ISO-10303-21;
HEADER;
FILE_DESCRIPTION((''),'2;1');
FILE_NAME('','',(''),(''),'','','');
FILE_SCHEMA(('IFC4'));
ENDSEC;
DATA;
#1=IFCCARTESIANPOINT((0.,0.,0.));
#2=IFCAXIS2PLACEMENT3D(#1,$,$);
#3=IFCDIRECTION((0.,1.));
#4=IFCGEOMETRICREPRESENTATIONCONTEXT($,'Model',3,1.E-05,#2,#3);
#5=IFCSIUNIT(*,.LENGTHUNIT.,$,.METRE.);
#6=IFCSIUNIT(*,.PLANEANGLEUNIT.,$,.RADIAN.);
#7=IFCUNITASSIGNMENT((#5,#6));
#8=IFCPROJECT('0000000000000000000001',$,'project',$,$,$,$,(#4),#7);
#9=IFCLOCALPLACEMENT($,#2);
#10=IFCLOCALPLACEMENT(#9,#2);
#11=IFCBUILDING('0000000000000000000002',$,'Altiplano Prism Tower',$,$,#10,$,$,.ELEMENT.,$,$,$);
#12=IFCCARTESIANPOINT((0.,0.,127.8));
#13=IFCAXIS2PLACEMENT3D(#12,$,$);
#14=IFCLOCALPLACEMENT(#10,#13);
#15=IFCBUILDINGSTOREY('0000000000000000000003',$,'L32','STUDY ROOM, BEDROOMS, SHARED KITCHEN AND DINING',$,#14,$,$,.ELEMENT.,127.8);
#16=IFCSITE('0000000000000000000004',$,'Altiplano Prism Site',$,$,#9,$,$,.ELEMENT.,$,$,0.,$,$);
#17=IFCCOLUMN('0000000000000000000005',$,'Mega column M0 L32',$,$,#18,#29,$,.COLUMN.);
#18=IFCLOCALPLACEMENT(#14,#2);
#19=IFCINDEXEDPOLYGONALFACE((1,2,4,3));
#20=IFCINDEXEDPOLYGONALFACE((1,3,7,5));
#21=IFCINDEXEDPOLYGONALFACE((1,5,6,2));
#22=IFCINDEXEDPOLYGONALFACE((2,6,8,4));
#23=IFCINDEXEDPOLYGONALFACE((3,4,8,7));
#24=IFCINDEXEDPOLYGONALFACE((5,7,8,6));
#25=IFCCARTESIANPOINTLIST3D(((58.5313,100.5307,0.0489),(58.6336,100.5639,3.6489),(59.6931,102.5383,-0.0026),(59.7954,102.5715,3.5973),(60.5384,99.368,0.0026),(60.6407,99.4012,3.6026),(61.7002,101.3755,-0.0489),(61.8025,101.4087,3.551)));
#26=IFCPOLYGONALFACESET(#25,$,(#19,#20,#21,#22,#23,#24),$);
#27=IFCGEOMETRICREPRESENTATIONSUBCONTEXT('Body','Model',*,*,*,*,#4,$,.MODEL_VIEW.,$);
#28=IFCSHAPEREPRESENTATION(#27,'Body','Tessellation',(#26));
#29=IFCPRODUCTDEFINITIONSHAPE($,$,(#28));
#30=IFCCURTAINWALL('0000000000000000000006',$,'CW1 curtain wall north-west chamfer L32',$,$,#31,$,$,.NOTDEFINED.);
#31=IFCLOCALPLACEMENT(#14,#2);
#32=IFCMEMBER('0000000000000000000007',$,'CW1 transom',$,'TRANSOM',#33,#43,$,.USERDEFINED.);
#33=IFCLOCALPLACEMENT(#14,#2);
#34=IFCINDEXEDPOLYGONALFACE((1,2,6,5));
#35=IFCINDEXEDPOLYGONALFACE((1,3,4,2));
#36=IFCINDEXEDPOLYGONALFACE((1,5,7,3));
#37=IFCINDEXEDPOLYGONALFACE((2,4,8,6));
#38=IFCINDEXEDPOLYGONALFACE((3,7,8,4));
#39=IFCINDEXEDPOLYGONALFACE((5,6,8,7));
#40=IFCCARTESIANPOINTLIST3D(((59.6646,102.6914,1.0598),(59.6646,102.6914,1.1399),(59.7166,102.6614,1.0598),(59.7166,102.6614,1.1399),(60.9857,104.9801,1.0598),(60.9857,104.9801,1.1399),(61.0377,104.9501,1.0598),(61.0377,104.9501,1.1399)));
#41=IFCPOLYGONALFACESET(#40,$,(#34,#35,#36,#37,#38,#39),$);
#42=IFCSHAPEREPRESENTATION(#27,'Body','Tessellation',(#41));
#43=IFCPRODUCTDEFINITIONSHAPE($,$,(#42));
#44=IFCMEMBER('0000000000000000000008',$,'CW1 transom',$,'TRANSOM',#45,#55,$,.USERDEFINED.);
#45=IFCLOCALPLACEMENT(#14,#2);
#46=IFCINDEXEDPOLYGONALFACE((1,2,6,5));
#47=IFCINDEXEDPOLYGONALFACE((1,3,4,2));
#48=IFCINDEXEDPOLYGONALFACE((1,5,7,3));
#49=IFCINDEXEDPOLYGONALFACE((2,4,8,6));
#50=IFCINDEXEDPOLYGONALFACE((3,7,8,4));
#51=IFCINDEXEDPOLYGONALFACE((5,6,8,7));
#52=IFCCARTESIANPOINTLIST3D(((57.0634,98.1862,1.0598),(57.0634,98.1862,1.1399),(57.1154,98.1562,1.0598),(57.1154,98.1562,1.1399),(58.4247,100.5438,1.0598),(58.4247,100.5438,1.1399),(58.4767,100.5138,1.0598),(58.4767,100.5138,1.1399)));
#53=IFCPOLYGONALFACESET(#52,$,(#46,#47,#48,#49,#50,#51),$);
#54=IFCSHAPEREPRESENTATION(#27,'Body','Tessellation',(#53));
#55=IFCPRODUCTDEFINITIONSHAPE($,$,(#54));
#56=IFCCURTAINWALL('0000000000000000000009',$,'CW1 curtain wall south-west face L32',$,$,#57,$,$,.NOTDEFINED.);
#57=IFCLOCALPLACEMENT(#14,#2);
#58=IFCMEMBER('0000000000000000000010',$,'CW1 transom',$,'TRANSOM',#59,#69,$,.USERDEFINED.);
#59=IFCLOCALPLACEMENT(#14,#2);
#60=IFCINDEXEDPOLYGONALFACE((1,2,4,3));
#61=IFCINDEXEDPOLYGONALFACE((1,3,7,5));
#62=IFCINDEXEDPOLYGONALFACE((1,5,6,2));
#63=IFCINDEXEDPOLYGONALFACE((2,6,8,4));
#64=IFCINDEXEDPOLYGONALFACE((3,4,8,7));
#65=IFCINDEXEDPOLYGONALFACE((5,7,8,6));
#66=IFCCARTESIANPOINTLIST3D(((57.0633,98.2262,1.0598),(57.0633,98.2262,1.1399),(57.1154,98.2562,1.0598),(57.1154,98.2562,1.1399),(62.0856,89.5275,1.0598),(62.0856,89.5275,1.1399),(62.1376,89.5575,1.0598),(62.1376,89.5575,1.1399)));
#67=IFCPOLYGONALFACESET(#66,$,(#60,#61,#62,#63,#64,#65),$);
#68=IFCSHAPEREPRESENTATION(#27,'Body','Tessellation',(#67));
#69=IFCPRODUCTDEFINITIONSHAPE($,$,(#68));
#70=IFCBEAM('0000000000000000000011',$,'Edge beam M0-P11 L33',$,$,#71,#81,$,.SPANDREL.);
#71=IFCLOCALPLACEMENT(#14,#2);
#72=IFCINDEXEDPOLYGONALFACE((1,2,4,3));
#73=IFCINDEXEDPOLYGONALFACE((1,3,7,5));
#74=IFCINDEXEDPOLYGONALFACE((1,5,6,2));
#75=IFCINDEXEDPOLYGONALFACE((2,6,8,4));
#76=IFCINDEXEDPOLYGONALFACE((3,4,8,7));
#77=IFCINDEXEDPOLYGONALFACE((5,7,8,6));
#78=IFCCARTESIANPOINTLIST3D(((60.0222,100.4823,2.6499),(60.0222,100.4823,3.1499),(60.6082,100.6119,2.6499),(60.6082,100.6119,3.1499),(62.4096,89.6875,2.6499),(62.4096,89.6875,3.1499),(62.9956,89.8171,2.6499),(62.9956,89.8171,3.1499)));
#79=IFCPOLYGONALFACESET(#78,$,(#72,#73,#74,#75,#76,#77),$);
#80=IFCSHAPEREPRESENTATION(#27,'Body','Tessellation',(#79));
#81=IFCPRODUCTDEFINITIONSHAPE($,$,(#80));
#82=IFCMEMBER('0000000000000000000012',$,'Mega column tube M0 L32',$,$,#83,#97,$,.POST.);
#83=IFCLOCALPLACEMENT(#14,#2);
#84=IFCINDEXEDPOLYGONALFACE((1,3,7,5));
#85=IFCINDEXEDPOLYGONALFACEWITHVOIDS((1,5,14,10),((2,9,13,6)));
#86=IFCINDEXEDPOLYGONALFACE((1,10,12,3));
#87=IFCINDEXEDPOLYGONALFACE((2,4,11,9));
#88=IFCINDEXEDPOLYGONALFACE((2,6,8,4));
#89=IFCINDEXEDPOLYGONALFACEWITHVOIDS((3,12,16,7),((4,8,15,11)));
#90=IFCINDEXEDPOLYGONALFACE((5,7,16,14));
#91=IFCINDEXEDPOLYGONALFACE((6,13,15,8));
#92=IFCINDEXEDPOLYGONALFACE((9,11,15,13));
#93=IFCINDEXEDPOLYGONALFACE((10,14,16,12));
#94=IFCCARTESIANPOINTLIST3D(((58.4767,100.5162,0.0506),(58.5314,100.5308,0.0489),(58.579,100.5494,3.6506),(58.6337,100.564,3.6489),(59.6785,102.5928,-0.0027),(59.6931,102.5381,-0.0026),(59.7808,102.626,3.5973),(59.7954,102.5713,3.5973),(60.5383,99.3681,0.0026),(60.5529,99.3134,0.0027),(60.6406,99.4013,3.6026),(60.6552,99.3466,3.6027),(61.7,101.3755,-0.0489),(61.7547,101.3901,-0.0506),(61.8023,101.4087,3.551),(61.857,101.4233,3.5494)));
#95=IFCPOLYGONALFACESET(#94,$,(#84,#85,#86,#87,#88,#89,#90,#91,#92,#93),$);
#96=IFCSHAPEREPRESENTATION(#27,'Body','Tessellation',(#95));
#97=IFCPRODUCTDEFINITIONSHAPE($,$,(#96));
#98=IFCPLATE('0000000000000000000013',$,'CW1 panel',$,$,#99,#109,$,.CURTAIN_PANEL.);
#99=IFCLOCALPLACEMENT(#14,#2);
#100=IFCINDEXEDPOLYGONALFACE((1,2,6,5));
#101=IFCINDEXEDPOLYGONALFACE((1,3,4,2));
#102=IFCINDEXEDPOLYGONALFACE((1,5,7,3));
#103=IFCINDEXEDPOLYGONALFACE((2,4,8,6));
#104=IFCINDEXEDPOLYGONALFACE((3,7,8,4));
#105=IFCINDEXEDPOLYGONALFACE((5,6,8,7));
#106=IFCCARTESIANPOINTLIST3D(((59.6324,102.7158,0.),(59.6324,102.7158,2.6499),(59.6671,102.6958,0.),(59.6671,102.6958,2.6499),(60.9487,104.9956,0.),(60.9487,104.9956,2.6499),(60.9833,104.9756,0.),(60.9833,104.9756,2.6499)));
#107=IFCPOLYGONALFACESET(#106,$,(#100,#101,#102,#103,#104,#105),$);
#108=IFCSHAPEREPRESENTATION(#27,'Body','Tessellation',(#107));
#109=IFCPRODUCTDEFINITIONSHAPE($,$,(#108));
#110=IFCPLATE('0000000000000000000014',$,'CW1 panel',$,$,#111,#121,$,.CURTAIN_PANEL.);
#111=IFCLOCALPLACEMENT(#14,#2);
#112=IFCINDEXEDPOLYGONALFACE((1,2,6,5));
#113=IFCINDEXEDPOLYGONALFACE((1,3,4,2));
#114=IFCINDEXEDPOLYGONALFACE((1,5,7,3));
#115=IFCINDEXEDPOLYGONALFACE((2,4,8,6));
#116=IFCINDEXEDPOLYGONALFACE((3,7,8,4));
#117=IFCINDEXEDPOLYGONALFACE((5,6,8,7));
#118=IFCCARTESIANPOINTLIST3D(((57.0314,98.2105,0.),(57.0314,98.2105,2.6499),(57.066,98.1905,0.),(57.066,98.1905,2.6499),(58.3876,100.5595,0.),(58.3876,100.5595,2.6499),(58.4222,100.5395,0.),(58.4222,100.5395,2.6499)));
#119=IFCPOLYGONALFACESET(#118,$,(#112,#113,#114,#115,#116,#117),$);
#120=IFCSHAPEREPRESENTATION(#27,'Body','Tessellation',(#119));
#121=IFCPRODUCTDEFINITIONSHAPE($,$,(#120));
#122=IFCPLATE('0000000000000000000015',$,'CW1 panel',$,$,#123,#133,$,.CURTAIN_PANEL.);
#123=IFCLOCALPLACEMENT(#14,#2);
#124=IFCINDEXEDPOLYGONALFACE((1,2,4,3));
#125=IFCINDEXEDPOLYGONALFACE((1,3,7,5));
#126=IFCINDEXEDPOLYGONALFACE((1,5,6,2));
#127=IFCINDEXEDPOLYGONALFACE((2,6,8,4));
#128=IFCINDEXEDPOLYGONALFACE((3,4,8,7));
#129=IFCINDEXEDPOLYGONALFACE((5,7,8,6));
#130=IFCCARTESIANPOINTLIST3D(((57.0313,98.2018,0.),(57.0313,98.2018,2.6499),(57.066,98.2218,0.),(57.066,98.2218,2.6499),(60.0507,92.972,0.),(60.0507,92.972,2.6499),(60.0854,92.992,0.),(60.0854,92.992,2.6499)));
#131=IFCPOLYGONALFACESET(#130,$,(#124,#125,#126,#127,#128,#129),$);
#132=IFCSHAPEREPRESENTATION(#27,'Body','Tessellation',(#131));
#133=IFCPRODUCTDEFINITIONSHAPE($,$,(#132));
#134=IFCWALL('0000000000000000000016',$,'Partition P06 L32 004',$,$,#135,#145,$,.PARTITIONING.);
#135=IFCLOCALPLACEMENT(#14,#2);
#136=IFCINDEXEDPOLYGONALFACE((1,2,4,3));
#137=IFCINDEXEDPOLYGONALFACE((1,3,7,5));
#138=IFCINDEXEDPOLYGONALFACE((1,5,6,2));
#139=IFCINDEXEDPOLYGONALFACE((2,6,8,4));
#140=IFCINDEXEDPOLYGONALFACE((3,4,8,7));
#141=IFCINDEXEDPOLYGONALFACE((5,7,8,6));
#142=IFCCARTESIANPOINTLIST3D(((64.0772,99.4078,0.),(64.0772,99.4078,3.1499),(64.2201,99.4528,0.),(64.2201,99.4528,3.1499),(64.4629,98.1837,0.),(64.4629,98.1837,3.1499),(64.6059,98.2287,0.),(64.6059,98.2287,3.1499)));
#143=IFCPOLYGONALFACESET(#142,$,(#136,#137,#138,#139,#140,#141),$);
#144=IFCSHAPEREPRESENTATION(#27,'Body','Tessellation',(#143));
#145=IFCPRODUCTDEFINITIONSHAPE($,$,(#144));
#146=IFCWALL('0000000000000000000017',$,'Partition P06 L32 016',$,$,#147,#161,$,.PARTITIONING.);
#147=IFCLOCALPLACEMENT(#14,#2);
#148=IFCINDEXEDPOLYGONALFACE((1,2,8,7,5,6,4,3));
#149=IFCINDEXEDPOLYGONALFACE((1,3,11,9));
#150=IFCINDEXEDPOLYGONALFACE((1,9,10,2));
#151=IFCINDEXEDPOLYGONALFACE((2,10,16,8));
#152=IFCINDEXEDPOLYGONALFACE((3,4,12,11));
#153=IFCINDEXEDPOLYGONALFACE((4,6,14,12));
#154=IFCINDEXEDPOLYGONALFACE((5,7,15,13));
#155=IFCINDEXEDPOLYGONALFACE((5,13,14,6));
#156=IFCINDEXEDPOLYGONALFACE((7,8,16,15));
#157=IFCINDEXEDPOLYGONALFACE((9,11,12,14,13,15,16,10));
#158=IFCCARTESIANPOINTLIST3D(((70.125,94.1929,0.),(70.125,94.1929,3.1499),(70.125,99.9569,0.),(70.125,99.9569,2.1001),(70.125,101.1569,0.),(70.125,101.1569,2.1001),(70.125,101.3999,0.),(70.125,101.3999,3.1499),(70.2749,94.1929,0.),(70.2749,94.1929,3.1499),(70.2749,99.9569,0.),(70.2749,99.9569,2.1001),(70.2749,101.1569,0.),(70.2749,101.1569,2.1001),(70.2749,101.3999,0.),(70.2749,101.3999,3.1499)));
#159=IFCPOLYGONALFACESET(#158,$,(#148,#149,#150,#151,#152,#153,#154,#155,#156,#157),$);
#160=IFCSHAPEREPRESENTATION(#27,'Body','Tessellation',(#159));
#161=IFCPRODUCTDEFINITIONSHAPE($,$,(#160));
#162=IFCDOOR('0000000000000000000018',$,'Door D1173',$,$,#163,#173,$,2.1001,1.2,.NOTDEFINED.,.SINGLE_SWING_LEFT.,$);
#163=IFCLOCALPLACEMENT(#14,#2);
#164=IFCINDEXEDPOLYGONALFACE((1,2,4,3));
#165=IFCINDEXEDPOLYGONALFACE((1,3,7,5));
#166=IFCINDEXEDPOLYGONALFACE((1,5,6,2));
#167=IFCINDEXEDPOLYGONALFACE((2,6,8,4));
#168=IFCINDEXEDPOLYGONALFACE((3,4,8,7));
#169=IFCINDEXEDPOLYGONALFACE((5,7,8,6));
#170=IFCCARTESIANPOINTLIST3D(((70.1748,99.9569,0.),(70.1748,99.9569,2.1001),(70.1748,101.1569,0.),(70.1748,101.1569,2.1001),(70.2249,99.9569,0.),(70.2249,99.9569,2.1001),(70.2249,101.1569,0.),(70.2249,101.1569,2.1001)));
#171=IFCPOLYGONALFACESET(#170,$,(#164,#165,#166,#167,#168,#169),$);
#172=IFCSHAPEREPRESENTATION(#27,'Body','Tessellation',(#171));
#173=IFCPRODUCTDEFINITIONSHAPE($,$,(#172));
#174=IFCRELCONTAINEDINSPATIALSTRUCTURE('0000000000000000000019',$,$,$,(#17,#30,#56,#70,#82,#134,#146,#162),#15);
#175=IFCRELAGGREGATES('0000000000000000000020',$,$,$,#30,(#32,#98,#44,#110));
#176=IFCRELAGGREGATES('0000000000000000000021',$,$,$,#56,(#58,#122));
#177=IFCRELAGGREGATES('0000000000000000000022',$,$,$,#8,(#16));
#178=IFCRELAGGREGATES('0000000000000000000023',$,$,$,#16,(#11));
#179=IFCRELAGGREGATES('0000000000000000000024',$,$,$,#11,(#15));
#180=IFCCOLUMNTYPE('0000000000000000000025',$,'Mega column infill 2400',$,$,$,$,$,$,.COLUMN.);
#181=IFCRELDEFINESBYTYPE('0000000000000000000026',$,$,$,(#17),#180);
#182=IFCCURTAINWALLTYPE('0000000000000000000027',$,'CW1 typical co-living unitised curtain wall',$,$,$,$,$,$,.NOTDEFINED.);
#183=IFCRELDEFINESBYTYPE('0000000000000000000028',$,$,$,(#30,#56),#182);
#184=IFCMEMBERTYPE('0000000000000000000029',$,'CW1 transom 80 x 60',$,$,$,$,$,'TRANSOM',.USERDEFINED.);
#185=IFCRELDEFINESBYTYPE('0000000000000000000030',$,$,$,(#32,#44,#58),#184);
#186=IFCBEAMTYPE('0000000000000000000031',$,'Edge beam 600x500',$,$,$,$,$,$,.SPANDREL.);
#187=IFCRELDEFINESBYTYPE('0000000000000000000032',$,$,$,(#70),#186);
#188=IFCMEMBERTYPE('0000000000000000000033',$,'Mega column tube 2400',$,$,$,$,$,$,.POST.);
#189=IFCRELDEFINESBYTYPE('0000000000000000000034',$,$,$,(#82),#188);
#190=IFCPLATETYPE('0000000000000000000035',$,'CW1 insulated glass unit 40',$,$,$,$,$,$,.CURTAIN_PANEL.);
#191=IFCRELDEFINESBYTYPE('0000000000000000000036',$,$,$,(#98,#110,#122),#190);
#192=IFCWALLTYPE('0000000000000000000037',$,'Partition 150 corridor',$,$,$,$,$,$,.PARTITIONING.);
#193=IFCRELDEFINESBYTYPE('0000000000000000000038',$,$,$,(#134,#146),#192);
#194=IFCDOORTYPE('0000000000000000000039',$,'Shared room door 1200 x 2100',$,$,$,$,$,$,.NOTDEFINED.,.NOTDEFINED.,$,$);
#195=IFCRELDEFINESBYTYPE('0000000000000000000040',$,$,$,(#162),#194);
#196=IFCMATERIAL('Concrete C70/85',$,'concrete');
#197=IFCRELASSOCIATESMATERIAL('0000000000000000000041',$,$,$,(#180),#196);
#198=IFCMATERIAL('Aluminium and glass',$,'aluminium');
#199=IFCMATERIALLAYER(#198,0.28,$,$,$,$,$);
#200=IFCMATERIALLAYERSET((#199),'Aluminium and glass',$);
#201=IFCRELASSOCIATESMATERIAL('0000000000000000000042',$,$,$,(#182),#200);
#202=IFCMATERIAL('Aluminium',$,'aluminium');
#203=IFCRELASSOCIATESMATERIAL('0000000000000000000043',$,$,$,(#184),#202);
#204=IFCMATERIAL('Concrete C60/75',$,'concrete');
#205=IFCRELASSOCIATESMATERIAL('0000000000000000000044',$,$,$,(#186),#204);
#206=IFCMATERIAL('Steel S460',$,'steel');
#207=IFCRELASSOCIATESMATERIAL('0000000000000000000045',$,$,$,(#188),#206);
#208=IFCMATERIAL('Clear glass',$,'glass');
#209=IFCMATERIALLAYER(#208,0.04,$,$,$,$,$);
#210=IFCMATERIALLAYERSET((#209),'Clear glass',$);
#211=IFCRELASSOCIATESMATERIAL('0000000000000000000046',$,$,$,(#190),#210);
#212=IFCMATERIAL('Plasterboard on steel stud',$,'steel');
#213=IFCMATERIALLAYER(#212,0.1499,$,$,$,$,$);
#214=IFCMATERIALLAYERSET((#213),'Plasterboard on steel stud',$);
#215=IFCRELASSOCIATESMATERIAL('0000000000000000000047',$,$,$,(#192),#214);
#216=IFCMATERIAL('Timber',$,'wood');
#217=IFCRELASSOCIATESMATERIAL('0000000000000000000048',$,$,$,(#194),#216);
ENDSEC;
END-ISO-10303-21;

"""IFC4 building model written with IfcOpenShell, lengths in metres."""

from ifc_helpers import new_model, si_unit, direction, frame, frame_2d, origin, origin_2d, place, context, subcontext, project, spatial, rectangle, hollow_rectangle, extrude, material, layer, layer_set, material_profile, profile_set, type_object, element, fill, aggregate, save


model = new_model("IFC4")

# Units and contexts
model_context = context("Model", 3, precision=1e-05, world=origin(), true_north=direction((0.0, 1.0)))
body_context = subcontext(model_context, "Body", "Model", "MODEL_VIEW")
ifc_project = project(units=[si_unit("LENGTHUNIT", "METRE"), si_unit("PLANEANGLEUNIT", "RADIAN")], contexts=[model_context])

# Site, building, storey
site_placement = place(None, origin())
site = spatial("IfcSite", under=ifc_project, at=site_placement, Name="Altiplano Prism Site", CompositionType="ELEMENT", RefElevation=0.0)
building_placement = place(site_placement, origin())
building = spatial("IfcBuilding", under=site, at=building_placement, Name="Altiplano Prism Tower", CompositionType="ELEMENT")
storey_placement = place(building_placement, frame((0.0, 0.0, 127.8)))
storey = spatial("IfcBuildingStorey", under=building, at=storey_placement, Name="L32", Description="STUDY ROOM, BEDROOMS, SHARED KITCHEN AND DINING", CompositionType="ELEMENT", Elevation=127.8)

# Column
ifc_material_1 = material(Name="Concrete C70/85", Category="concrete")
ifc_material_profile_1 = material_profile(ifc_material_1, rectangle(XDim=2.3201, YDim=2.3201, at=origin_2d()), Name="Mega column infill 2400")
ifc_profile_set_1 = profile_set([ifc_material_profile_1], Name="Concrete C70/85")
column_type = type_object("IfcColumnType", Name="Mega column infill 2400", PredefinedType="COLUMN", material=ifc_profile_set_1)
column_placement = place(storey_placement, frame((60.1157, 100.9531, 0.0), z_axis=(0.028404, 0.009219, 0.999554), x_axis=(-0.865119, 0.50117, 0.019961)))
element("IfcColumn", 1, at=column_placement, inside=storey, type_object=column_type, Name="Mega column M0 L32", PredefinedType="COLUMN", context=body_context, shape_type="SweptSolid", body=[
    extrude(rectangle(XDim=2.3201, YDim=2.3201, at=origin_2d()), origin(), (0.0, 0.0, 1.0), 3.6016),
])

# Curtain wall, members
ifc_material_2 = material(Name="Aluminium and glass", Category="aluminium")
ifc_layer_1 = layer(ifc_material_2, 0.28)
ifc_layer_set_1 = layer_set([ifc_layer_1], Name="Aluminium and glass")
curtain_wall_type = type_object("IfcCurtainWallType", Name="CW1 typical co-living unitised curtain wall", PredefinedType="NOTDEFINED", material=ifc_layer_set_1)
curtain_wall_1_placement = place(storey_placement, origin())
curtain_wall_1 = element("IfcCurtainWall", 2, at=curtain_wall_1_placement, inside=storey, type_object=curtain_wall_type, Name="CW1 curtain wall north-west chamfer L32", PredefinedType="NOTDEFINED")
ifc_material_3 = material(Name="Aluminium", Category="aluminium")
ifc_material_profile_2 = material_profile(ifc_material_3, rectangle(XDim=0.0601, YDim=0.0801, at=origin_2d()), Name="CW1 transom 80 x 60")
ifc_profile_set_2 = profile_set([ifc_material_profile_2], Name="Aluminium")
member_type_1 = type_object("IfcMemberType", Name="CW1 transom 80 x 60", ElementType="TRANSOM", PredefinedType="USERDEFINED", material=ifc_profile_set_2)
member_1_placement = place(storey_placement, frame((61.0117, 104.9651, 1.0999), z_axis=(-0.499925, -0.866069, 0.0), x_axis=(0.866069, -0.499925, 0.0)))
member_1 = element("IfcMember", 3, at=member_1_placement, type_object=member_type_1, Name="CW1 transom", ObjectType="TRANSOM", PredefinedType="USERDEFINED", context=body_context, shape_type="SweptSolid", body=[
    extrude(rectangle(XDim=0.0601, YDim=0.0801, at=origin_2d()), origin(), (0.0, 0.0, 1.0), 2.6426),
])
member_2_placement = place(storey_placement, frame((58.4507, 100.5288, 1.0999), z_axis=(-0.500036, -0.866005, 0.0), x_axis=(0.866005, -0.500036, 0.0)))
member_2 = element("IfcMember", 4, at=member_2_placement, type_object=member_type_1, Name="CW1 transom", ObjectType="TRANSOM", PredefinedType="USERDEFINED", context=body_context, shape_type="SweptSolid", body=[
    extrude(rectangle(XDim=0.0601, YDim=0.0801, at=origin_2d()), origin(), (0.0, 0.0, 1.0), 2.7224),
])

# Curtain wall, member
curtain_wall_2_placement = place(storey_placement, origin())
curtain_wall_2 = element("IfcCurtainWall", 5, at=curtain_wall_2_placement, inside=storey, type_object=curtain_wall_type, Name="CW1 curtain wall south-west face L32", PredefinedType="NOTDEFINED")
member_3_placement = place(storey_placement, frame((57.0894, 98.2412, 1.0999), z_axis=(0.5, -0.866025, 0.0), x_axis=(0.866025, 0.5, 0.0)))
member_3 = element("IfcMember", 6, at=member_3_placement, type_object=member_type_1, Name="CW1 transom", ObjectType="TRANSOM", PredefinedType="USERDEFINED", context=body_context, shape_type="SweptSolid", body=[
    extrude(rectangle(XDim=0.0601, YDim=0.0801, at=origin_2d()), origin(), (0.0, 0.0, 1.0), 10.0444),
])

# Beam
ifc_material_4 = material(Name="Concrete C60/75", Category="concrete")
ifc_material_profile_3 = material_profile(ifc_material_4, rectangle(XDim=0.6001, YDim=0.5, at=origin_2d()), Name="Edge beam 600x500")
ifc_profile_set_3 = profile_set([ifc_material_profile_3], Name="Concrete C60/75")
beam_type = type_object("IfcBeamType", Name="Edge beam 600x500", PredefinedType="SPANDREL", material=ifc_profile_set_3)
beam_placement = place(storey_placement, frame((60.3152, 100.5471, 2.8999), z_axis=(0.215946, -0.976405, 0.0), x_axis=(0.976405, 0.215946, 0.0)))
element("IfcBeam", 7, at=beam_placement, inside=storey, type_object=beam_type, Name="Edge beam M0-P11 L33", PredefinedType="SPANDREL", context=body_context, shape_type="SweptSolid", body=[
    extrude(rectangle(XDim=0.6001, YDim=0.5, at=origin_2d()), origin(), (0.0, 0.0, 1.0), 11.0557),
])

# Member
ifc_material_5 = material(Name="Steel S460", Category="steel")
ifc_material_profile_4 = material_profile(ifc_material_5, hollow_rectangle(XDim=2.3999, YDim=2.3999, WallThickness=0.04, at=origin_2d()), Name="Mega column tube 2400")
ifc_profile_set_4 = profile_set([ifc_material_profile_4], Name="Steel S460")
member_type_2 = type_object("IfcMemberType", Name="Mega column tube 2400", PredefinedType="POST", material=ifc_profile_set_4)
member_4_placement = place(storey_placement, frame((60.1157, 100.9531, 0.0), z_axis=(0.028404, 0.009219, 0.999554), x_axis=(-0.865119, 0.50117, 0.019961)))
element("IfcMember", 8, at=member_4_placement, inside=storey, type_object=member_type_2, Name="Mega column tube M0 L32", PredefinedType="POST", context=body_context, shape_type="SweptSolid", body=[
    extrude(hollow_rectangle(XDim=2.3999, YDim=2.3999, WallThickness=0.04, at=origin_2d()), origin(), (0.0, 0.0, 1.0), 3.6016),
])

# Plates
ifc_material_6 = material(Name="Clear glass", Category="glass")
ifc_layer_2 = layer(ifc_material_6, 0.04)
ifc_layer_set_2 = layer_set([ifc_layer_2], Name="Clear glass")
plate_type = type_object("IfcPlateType", Name="CW1 insulated glass unit 40", PredefinedType="CURTAIN_PANEL", material=ifc_layer_set_2)
plate_1_placement = place(storey_placement, frame((60.3079, 103.8457, 0.0), z_axis=(0.0, 0.0, 1.0), x_axis=(-0.5, -0.866025, 0.0)))
plate_1 = element("IfcPlate", 9, at=plate_1_placement, type_object=plate_type, Name="CW1 panel", PredefinedType="CURTAIN_PANEL", context=body_context, shape_type="SweptSolid", body=[
    extrude(rectangle(XDim=2.6326, YDim=0.04, at=origin_2d()), origin(), (0.0, 0.0, 1.0), 2.6499),
])
plate_2_placement = place(storey_placement, frame((57.7268, 99.375, 0.0), z_axis=(0.0, 0.0, 1.0), x_axis=(-0.5, -0.866025, 0.0)))
plate_2 = element("IfcPlate", 10, at=plate_2_placement, type_object=plate_type, Name="CW1 panel", PredefinedType="CURTAIN_PANEL", context=body_context, shape_type="SweptSolid", body=[
    extrude(rectangle(XDim=2.7124, YDim=0.04, at=origin_2d()), origin(), (0.0, 0.0, 1.0), 2.6499),
])
aggregate(curtain_wall_1, [member_1, plate_1, member_2, plate_2])
plate_3_placement = place(storey_placement, frame((58.5583, 95.5969, 0.0), z_axis=(0.0, 0.0, 1.0), x_axis=(0.5, -0.866025, 0.0)))
plate_3 = element("IfcPlate", 11, at=plate_3_placement, type_object=plate_type, Name="CW1 panel", PredefinedType="CURTAIN_PANEL", context=body_context, shape_type="SweptSolid", body=[
    extrude(rectangle(XDim=6.0388, YDim=0.04, at=origin_2d()), origin(), (0.0, 0.0, 1.0), 2.6499),
])
aggregate(curtain_wall_2, [member_3, plate_3])

# Wall
ifc_material_7 = material(Name="Plasterboard on steel stud", Category="steel")
ifc_layer_3 = layer(ifc_material_7, 0.1499)
ifc_layer_set_3 = layer_set([ifc_layer_3], Name="Plasterboard on steel stud")
wall_type_1 = type_object("IfcWallType", Name="Partition 150 corridor", PredefinedType="PARTITIONING", material=ifc_layer_set_3)
wall_1_placement = place(storey_placement, frame((64.1487, 99.4302, 0.0), z_axis=(0.0, 0.0, 1.0), x_axis=(0.300549, -0.953766, 0.0)))
element("IfcWall", 12, at=wall_1_placement, inside=storey, type_object=wall_type_1, Name="Partition P06 L32 004", PredefinedType="PARTITIONING", context=body_context, shape_type="SweptSolid", body=[
    extrude(rectangle(XDim=1.2834, YDim=0.1499, at=frame_2d((0.6416, 0.0))), origin(), (0.0, 0.0, 1.0), 3.1499),
])

# Shared definitions
ifc_material_8 = material(Name="Timber", Category="wood")
door_type_1 = type_object("IfcDoorType", Name="Shared room door 1200 x 2100", OperationType="NOTDEFINED", PredefinedType="NOTDEFINED", material=ifc_material_8)

# Wall, opening, door
wall_2_placement = place(storey_placement, frame((70.2, 101.3999, 0.0), z_axis=(0.0, 0.0, 1.0), x_axis=(0.0, -1.0, 0.0)))
wall_2 = element("IfcWall", 13, at=wall_2_placement, inside=storey, type_object=wall_type_1, Name="Partition P06 L32 016", PredefinedType="PARTITIONING", context=body_context, shape_type="SweptSolid", body=[
    extrude(rectangle(XDim=7.207, YDim=0.1499, at=frame_2d((3.6035, 0.0))), origin(), (0.0, 0.0, 1.0), 3.1499),
])
opening_1_placement = place(wall_2_placement, frame((0.2429, 0.0, 0.0)))
opening_1 = element("IfcOpeningElement", 14, at=opening_1_placement, cuts=wall_2, PredefinedType="OPENING", context=body_context, shape_type="SweptSolid", body=[
    extrude(rectangle(XDim=1.2, YDim=2.1001, at=frame_2d((0.6001, 1.05))), frame((0.0, 0.0854, 0.0), z_axis=(0.0, -1.0, 0.0), x_axis=(1.0, 0.0, 0.0)), (0.0, 0.0, 1.0), 0.1709),
])
door_1_placement = place(opening_1_placement, origin())
door_1 = element("IfcDoor", 15, at=door_1_placement, inside=storey, type_object=door_type_1, Name="Door D1173", OperationType="SINGLE_SWING_LEFT", OverallHeight=2.1001, OverallWidth=1.2, PredefinedType="NOTDEFINED", context=body_context, shape_type="SweptSolid", body=[
    extrude(rectangle(XDim=1.2, YDim=2.1001, at=frame_2d((0.6001, 1.05))), frame((0.0, 0.0249, 0.0), z_axis=(0.0, -1.0, 0.0), x_axis=(1.0, 0.0, 0.0)), (0.0, 0.0, 1.0), 0.05),
])
fill(opening_1, door_1)

save(model, "model.ifc")
